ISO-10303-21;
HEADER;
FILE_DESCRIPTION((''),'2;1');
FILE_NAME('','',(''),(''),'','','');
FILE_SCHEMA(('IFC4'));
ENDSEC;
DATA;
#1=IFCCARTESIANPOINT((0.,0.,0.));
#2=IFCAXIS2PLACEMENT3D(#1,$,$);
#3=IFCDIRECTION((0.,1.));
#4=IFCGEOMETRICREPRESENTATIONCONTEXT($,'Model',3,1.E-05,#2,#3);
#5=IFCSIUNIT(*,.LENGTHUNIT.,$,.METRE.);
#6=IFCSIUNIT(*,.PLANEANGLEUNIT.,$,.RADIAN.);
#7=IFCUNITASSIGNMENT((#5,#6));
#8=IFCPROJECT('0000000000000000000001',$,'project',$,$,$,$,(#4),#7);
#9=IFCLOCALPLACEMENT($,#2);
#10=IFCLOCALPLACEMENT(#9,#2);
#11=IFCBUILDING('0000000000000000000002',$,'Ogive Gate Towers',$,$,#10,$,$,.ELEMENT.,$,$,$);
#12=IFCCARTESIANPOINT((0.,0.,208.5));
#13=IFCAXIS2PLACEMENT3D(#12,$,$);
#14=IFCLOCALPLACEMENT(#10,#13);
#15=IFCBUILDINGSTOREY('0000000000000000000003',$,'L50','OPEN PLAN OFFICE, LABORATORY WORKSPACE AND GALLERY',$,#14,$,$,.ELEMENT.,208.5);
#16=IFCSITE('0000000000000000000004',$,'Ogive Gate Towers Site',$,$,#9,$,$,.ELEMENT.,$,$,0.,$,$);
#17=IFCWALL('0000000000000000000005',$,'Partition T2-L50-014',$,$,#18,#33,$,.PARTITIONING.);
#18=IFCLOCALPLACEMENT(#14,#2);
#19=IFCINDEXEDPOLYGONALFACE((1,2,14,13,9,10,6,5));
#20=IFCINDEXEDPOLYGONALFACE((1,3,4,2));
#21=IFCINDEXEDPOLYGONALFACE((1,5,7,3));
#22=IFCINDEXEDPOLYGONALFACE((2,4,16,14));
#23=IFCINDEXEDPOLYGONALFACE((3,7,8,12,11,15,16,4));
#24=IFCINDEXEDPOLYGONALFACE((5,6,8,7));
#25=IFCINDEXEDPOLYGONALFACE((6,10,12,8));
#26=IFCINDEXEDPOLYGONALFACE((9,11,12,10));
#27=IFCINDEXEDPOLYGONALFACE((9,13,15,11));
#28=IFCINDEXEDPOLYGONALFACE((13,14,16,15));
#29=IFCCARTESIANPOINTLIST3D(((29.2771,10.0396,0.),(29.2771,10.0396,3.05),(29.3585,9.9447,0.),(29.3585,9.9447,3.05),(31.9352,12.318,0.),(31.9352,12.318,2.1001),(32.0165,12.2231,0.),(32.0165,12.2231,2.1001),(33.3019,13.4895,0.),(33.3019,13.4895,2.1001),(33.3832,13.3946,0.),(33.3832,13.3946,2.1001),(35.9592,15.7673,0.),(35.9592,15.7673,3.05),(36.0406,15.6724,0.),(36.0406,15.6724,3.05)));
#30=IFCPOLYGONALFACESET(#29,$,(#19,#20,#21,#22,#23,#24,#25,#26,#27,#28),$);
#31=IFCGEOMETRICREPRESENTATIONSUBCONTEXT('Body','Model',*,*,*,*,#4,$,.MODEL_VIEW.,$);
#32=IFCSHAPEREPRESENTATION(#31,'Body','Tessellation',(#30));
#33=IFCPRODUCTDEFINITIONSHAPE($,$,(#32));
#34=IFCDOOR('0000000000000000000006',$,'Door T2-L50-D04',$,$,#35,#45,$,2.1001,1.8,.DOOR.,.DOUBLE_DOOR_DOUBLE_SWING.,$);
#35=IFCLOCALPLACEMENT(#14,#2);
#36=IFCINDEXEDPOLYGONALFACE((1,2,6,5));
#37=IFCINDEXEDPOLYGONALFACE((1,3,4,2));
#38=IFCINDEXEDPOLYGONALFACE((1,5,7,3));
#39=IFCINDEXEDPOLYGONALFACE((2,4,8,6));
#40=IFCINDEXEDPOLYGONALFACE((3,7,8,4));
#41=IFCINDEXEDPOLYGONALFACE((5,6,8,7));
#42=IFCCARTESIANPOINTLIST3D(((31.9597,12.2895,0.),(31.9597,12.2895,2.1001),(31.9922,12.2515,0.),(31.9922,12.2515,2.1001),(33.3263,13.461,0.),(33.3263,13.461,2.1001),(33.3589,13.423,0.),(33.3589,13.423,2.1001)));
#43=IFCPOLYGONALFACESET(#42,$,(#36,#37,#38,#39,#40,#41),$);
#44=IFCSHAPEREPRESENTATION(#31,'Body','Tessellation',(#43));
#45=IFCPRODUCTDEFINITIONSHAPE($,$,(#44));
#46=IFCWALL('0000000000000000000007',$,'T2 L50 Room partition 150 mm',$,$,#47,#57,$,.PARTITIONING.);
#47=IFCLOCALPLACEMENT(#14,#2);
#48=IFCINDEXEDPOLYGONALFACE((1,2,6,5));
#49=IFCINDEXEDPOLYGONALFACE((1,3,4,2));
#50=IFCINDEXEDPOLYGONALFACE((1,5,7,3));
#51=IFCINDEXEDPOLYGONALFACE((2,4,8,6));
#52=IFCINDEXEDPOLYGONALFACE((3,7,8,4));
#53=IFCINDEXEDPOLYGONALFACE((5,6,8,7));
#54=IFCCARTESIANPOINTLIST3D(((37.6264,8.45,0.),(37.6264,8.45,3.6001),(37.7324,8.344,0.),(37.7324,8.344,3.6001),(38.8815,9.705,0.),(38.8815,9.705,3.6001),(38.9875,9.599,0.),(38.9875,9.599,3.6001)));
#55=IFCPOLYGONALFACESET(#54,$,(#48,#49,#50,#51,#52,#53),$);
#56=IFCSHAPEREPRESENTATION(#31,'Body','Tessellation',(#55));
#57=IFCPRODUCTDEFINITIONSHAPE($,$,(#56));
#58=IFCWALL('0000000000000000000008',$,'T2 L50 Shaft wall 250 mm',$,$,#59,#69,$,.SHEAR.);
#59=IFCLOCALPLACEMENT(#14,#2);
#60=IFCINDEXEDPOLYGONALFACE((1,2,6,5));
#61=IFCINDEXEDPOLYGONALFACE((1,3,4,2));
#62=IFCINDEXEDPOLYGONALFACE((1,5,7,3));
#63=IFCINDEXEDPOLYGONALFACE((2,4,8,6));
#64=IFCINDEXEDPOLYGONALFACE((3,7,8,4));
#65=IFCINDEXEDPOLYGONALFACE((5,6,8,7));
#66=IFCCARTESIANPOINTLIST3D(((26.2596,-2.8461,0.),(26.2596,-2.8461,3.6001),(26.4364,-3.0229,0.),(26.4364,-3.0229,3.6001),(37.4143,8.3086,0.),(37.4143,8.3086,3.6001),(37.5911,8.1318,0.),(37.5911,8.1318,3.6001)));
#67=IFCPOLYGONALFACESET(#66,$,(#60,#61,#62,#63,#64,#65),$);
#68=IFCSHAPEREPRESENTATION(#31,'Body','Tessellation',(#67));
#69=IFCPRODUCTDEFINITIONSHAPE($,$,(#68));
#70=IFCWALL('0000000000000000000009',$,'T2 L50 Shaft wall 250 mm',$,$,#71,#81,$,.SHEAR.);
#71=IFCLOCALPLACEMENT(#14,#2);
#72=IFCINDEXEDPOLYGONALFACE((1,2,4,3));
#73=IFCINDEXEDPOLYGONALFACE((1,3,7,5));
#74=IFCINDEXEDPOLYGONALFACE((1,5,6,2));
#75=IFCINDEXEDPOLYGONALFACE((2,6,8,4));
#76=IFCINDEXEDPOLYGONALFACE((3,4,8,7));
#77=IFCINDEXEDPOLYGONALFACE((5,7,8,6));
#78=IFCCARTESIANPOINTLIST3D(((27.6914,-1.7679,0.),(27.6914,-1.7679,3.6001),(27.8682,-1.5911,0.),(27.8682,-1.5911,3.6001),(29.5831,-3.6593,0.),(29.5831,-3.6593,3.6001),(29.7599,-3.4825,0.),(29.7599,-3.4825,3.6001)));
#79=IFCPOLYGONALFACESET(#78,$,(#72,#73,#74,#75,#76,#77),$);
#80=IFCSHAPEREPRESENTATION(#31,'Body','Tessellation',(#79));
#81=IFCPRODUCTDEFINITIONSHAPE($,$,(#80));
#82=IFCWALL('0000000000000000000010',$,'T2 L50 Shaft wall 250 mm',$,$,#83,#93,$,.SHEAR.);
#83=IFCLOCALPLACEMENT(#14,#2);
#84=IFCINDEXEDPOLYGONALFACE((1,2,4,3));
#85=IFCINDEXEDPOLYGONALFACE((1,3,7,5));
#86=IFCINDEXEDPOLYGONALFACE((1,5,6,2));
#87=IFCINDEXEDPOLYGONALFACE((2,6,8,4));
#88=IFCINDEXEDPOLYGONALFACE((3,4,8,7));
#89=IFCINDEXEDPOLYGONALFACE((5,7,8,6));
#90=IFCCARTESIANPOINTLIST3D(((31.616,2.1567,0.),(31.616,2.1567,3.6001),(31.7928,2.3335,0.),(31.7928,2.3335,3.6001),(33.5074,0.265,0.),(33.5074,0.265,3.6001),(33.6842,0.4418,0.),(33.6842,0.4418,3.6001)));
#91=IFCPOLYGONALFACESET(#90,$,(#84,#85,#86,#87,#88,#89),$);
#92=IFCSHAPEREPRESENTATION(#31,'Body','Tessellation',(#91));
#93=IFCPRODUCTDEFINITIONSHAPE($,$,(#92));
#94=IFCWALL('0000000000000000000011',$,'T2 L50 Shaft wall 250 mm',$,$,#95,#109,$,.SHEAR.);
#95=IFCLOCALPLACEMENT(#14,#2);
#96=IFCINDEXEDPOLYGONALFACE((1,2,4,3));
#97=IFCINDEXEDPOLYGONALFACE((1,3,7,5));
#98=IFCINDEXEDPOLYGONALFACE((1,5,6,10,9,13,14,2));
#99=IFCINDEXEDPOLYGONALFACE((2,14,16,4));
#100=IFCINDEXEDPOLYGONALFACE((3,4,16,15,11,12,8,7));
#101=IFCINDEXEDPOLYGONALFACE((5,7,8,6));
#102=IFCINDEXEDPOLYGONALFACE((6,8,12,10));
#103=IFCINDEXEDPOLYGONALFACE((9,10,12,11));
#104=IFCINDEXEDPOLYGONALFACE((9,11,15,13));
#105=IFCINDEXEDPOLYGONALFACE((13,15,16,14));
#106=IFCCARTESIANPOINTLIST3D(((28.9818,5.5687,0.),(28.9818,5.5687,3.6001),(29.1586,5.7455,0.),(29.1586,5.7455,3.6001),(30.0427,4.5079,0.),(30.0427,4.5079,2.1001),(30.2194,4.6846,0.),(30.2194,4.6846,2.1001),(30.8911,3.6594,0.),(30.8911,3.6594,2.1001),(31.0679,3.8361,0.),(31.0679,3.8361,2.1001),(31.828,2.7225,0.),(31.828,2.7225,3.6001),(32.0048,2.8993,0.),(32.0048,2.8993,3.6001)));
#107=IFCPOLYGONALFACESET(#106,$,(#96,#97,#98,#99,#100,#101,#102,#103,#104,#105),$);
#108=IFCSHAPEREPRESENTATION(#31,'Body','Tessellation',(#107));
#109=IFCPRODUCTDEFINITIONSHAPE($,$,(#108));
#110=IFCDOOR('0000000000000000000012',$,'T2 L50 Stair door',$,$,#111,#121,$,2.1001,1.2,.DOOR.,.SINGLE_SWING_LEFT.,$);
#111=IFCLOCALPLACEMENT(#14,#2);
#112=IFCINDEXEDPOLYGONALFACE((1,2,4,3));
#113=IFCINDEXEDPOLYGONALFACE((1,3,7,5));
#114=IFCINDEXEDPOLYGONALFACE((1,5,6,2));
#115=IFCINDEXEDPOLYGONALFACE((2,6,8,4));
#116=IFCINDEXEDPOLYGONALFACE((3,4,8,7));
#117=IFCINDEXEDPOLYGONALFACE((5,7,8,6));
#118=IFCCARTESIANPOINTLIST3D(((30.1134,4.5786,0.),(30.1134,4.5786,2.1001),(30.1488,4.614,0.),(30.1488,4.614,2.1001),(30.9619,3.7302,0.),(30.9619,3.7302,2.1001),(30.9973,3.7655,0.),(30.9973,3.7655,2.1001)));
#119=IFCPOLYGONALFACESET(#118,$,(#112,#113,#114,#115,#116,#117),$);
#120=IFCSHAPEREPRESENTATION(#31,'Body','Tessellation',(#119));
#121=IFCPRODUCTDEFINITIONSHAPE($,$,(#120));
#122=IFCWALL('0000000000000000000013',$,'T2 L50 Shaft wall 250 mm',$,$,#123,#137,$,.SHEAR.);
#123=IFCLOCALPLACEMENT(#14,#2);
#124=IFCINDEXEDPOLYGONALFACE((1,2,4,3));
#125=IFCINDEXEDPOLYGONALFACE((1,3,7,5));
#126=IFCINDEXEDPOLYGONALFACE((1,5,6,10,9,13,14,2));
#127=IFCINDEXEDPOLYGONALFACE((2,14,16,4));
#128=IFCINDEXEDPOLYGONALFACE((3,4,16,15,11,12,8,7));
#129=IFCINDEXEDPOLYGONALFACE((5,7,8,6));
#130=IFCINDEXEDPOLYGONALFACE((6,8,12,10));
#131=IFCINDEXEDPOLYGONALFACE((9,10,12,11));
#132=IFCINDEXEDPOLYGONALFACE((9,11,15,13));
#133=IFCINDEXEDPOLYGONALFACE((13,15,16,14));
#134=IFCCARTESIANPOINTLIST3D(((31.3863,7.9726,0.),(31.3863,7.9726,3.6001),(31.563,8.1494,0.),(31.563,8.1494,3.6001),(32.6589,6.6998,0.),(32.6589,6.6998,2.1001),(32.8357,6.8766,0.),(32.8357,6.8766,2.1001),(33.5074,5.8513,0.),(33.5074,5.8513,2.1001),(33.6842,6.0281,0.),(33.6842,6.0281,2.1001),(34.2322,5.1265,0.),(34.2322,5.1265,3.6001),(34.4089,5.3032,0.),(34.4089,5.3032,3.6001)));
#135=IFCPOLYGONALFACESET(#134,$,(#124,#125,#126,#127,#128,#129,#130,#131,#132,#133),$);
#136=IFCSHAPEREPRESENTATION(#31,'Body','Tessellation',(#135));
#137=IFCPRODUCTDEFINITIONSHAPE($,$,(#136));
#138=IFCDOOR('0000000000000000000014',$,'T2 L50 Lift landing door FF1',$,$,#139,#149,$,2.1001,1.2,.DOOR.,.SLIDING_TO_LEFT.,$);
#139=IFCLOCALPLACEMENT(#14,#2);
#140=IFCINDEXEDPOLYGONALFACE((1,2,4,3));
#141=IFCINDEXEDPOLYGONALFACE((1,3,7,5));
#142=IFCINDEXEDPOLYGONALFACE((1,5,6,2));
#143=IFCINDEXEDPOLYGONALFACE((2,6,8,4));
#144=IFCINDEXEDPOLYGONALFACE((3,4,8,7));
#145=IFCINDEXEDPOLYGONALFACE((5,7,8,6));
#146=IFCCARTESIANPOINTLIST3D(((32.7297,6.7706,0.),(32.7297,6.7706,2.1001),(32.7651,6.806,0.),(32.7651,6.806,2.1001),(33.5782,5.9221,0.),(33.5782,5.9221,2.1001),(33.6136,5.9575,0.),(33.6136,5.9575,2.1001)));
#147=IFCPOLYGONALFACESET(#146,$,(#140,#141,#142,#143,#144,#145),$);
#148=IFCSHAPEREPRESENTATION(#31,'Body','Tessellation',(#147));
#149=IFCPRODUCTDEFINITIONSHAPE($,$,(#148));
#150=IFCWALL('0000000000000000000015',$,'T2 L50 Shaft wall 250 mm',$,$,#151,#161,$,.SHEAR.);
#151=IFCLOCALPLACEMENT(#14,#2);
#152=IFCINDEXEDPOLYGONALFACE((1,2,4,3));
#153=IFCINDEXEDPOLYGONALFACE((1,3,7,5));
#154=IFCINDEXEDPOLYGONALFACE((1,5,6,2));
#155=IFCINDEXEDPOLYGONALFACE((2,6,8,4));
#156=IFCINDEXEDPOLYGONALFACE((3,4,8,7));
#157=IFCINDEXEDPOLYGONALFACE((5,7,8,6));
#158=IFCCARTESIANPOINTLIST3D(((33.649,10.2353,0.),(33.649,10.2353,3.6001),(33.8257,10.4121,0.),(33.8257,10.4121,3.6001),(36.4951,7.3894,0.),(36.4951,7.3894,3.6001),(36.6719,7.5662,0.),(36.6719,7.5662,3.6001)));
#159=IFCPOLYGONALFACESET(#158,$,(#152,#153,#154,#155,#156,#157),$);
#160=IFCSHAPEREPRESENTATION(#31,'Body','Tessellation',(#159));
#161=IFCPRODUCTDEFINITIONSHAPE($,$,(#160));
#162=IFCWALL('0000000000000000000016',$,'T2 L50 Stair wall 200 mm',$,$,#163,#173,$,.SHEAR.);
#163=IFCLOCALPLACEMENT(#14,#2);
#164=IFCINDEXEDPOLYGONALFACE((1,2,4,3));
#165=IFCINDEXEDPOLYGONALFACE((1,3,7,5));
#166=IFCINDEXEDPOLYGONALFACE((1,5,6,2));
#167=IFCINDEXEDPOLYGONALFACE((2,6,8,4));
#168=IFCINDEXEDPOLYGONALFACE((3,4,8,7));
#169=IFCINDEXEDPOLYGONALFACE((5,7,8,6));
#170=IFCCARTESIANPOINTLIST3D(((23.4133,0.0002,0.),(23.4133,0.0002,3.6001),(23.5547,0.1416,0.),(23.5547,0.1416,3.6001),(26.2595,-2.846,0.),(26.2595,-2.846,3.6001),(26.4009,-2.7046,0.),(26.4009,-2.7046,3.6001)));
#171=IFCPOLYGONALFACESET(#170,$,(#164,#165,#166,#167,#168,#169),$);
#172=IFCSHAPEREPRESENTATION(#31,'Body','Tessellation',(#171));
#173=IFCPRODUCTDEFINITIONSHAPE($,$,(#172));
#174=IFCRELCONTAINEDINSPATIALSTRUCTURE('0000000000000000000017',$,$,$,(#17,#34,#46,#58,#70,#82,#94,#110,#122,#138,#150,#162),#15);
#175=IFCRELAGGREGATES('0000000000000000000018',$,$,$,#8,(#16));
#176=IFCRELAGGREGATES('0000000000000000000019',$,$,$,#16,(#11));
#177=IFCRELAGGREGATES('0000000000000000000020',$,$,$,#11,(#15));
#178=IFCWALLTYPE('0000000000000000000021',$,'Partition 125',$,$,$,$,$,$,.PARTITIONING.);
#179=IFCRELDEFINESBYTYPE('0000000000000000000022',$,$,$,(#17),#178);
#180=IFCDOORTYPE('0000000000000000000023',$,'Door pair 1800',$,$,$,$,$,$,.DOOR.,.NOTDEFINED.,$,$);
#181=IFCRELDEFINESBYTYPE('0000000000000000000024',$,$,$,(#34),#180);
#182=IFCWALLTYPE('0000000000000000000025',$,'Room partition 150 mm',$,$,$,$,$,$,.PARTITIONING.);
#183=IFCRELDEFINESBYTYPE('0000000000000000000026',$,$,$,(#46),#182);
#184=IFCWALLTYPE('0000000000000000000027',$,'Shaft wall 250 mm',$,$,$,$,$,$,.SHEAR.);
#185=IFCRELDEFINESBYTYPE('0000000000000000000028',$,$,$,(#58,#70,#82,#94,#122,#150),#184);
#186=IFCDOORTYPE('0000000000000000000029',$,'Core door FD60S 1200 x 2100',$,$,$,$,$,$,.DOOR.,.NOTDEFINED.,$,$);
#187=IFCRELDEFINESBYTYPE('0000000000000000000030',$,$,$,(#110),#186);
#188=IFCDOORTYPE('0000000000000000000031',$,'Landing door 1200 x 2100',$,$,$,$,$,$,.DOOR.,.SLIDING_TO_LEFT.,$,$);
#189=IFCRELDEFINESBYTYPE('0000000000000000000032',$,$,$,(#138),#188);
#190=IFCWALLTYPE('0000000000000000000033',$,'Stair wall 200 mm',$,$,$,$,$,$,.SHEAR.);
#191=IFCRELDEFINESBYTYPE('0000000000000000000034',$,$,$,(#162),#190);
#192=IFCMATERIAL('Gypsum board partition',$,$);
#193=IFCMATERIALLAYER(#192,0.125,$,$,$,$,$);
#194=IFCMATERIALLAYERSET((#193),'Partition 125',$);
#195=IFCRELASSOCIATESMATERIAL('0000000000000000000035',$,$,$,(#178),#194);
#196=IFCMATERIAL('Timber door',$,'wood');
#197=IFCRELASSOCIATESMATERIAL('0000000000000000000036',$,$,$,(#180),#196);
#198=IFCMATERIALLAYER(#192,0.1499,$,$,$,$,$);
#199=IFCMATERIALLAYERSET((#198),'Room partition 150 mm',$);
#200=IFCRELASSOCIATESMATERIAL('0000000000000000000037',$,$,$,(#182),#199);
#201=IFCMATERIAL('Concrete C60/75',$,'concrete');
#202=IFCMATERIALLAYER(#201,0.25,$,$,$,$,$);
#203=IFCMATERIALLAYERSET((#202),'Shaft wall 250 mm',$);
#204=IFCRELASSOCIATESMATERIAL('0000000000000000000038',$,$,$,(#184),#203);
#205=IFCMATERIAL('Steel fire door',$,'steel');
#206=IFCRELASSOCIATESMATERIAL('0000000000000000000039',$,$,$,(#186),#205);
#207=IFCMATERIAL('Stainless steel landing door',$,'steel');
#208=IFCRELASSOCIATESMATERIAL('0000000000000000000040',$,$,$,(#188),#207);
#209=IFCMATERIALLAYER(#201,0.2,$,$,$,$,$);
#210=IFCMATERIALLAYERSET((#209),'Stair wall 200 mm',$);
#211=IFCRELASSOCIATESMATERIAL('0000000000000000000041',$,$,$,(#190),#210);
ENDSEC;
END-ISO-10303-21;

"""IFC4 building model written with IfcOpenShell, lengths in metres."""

from ifc_helpers import new_model, si_unit, direction, frame, frame_2d, origin, place, context, subcontext, project, spatial, rectangle, extrude, material, layer, layer_set, type_object, element, fill, save


model = new_model("IFC4")

# Units and contexts
model_context = context("Model", 3, precision=1e-05, world=origin(), true_north=direction((0.0, 1.0)))
body_context = subcontext(model_context, "Body", "Model", "MODEL_VIEW")
ifc_project = project(units=[si_unit("LENGTHUNIT", "METRE"), si_unit("PLANEANGLEUNIT", "RADIAN")], contexts=[model_context])

# Site, building, storey
site_placement = place(None, origin())
site = spatial("IfcSite", under=ifc_project, at=site_placement, Name="Ogive Gate Towers Site", CompositionType="ELEMENT", RefElevation=0.0)
building_placement = place(site_placement, origin())
building = spatial("IfcBuilding", under=site, at=building_placement, Name="Ogive Gate Towers", CompositionType="ELEMENT")
storey_placement = place(building_placement, frame((0.0, 0.0, 208.5)))
storey = spatial("IfcBuildingStorey", under=building, at=storey_placement, Name="L50", Description="OPEN PLAN OFFICE, LABORATORY WORKSPACE AND GALLERY", CompositionType="ELEMENT", Elevation=208.5)

# Wall, opening, door
ifc_material_1 = material(Name="Gypsum board partition")
ifc_layer_1 = layer(ifc_material_1, 0.125)
ifc_layer_set_1 = layer_set([ifc_layer_1], Name="Partition 125")
wall_type_1 = type_object("IfcWallType", Name="Partition 125", PredefinedType="PARTITIONING", material=ifc_layer_set_1)
wall_1_placement = place(storey_placement, frame((29.3179, 9.9922, 0.0), z_axis=(0.0, 0.0, 1.0), x_axis=(0.759243, 0.650807, 0.0)))
wall_1 = element("IfcWall", 1, at=wall_1_placement, inside=storey, type_object=wall_type_1, Name="Partition T2-L50-014", PredefinedType="PARTITIONING", context=body_context, shape_type="SweptSolid", body=[
    extrude(rectangle(XDim=8.801, YDim=0.125, at=frame_2d((4.4004, 0.0))), origin(), (0.0, 0.0, 1.0), 3.05),
])
opening_1_placement = place(wall_1_placement, frame((3.501, 0.0, 0.0)))
opening_1 = element("IfcOpeningElement", 2, at=opening_1_placement, cuts=wall_1, PredefinedType="OPENING", context=body_context, shape_type="SweptSolid", body=[
    extrude(rectangle(XDim=1.8, YDim=2.1001, at=frame_2d((0.8999, 1.05))), frame((0.0, 0.0725, 0.0), z_axis=(0.0, -1.0, 0.0), x_axis=(1.0, 0.0, 0.0)), (0.0, 0.0, 1.0), 0.145),
])
ifc_material_2 = material(Name="Timber door", Category="wood")
door_type_1 = type_object("IfcDoorType", Name="Door pair 1800", OperationType="NOTDEFINED", PredefinedType="DOOR", material=ifc_material_2)
door_1_placement = place(opening_1_placement, origin())
door_1 = element("IfcDoor", 3, at=door_1_placement, inside=storey, type_object=door_type_1, Name="Door T2-L50-D04", OperationType="DOUBLE_DOOR_DOUBLE_SWING", OverallHeight=2.1001, OverallWidth=1.8, PredefinedType="DOOR", context=body_context, shape_type="SweptSolid", body=[
    extrude(rectangle(XDim=1.8, YDim=2.1001, at=frame_2d((0.8999, 1.05))), frame((0.0, 0.0249, 0.0), z_axis=(0.0, -1.0, 0.0), x_axis=(1.0, 0.0, 0.0)), (0.0, 0.0, 1.0), 0.05),
])
fill(opening_1, door_1)

# Walls
ifc_layer_2 = layer(ifc_material_1, 0.1499)
ifc_layer_set_2 = layer_set([ifc_layer_2], Name="Room partition 150 mm")
wall_type_2 = type_object("IfcWallType", Name="Room partition 150 mm", PredefinedType="PARTITIONING", material=ifc_layer_set_2)
wall_2_placement = place(storey_placement, frame((37.6794, 8.397, 0.0), z_axis=(0.0, 0.0, 1.0), x_axis=(0.707107, 0.707107, 0.0)))
element("IfcWall", 4, at=wall_2_placement, inside=storey, type_object=wall_type_2, Name="T2 L50 Room partition 150 mm", PredefinedType="PARTITIONING", context=body_context, shape_type="SweptSolid", body=[
    extrude(rectangle(XDim=1.7749, YDim=0.1499, at=frame_2d((0.8875, 0.0))), origin(), (0.0, 0.0, 1.0), 3.6001),
])
ifc_material_3 = material(Name="Concrete C60/75", Category="concrete")
ifc_layer_3 = layer(ifc_material_3, 0.25)
ifc_layer_set_3 = layer_set([ifc_layer_3], Name="Shaft wall 250 mm")
wall_type_3 = type_object("IfcWallType", Name="Shaft wall 250 mm", PredefinedType="SHEAR", material=ifc_layer_set_3)
wall_3_placement = place(storey_placement, frame((26.3479, -2.9346, 0.0), z_axis=(0.0, 0.0, 1.0), x_axis=(0.707107, 0.707107, 0.0)))
element("IfcWall", 5, at=wall_3_placement, inside=storey, type_object=wall_type_3, Name="T2 L50 Shaft wall 250 mm", PredefinedType="SHEAR", context=body_context, shape_type="SweptSolid", body=[
    extrude(rectangle(XDim=15.7751, YDim=0.25, at=frame_2d((7.8877, 0.0))), origin(), (0.0, 0.0, 1.0), 3.6001),
])
for number, where, z_axis, x_axis, name in (
    (6, (29.6714, -3.5708, 0.0), (0.0, 0.0, 1.0), (-0.707152, 0.707061, 0.0), "T2 L50 Shaft wall 250 mm"),
    (7, (33.5957, 0.3535, 0.0), (0.0, 0.0, 1.0), (-0.707061, 0.707152, 0.0), "T2 L50 Shaft wall 250 mm"),
):
    element("IfcWall", number, at=place(storey_placement, frame(where, z_axis=z_axis, x_axis=x_axis)), inside=storey, type_object=wall_type_3, Name=name, PredefinedType="SHEAR", context=body_context, shape_type="SweptSolid", body=[
        extrude(rectangle(XDim=2.675, YDim=0.25, at=frame_2d((1.3374, 0.0))), origin(), (0.0, 0.0, 1.0), 3.6001),
    ])

# Walls, openings, doors
wall_4_placement = place(storey_placement, frame((31.9165, 2.8108, 0.0), z_axis=(0.0, 0.0, 1.0), x_axis=(-0.707107, 0.707107, 0.0)))
wall_4 = element("IfcWall", 8, at=wall_4_placement, inside=storey, type_object=wall_type_3, Name="T2 L50 Shaft wall 250 mm", PredefinedType="SHEAR", context=body_context, shape_type="SweptSolid", body=[
    extrude(rectangle(XDim=4.0251, YDim=0.25, at=frame_2d((2.0127, 0.0))), origin(), (0.0, 0.0, 1.0), 3.6001),
])
opening_2_placement = place(wall_4_placement, frame((1.325, 0.0, 0.0)))
opening_2 = element("IfcOpeningElement", 9, at=opening_2_placement, cuts=wall_4, PredefinedType="OPENING", context=body_context, shape_type="SweptSolid", body=[
    extrude(rectangle(XDim=1.2, YDim=2.1001, at=frame_2d((0.6001, 1.05))), frame((0.0, 0.135, 0.0), z_axis=(0.0, -1.0, 0.0), x_axis=(1.0, 0.0, 0.0)), (0.0, 0.0, 1.0), 0.27),
])
ifc_material_4 = material(Name="Steel fire door", Category="steel")
door_type_2 = type_object("IfcDoorType", Name="Core door FD60S 1200 x 2100", OperationType="NOTDEFINED", PredefinedType="DOOR", material=ifc_material_4)
door_2_placement = place(opening_2_placement, origin())
door_2 = element("IfcDoor", 10, at=door_2_placement, inside=storey, type_object=door_type_2, Name="T2 L50 Stair door", OperationType="SINGLE_SWING_LEFT", OverallHeight=2.1001, OverallWidth=1.2, PredefinedType="DOOR", context=body_context, shape_type="SweptSolid", body=[
    extrude(rectangle(XDim=1.2, YDim=2.1001, at=frame_2d((0.6001, 1.05))), frame((0.0, 0.0249, 0.0), z_axis=(0.0, -1.0, 0.0), x_axis=(1.0, 0.0, 0.0)), (0.0, 0.0, 1.0), 0.05),
])
fill(opening_2, door_2)
wall_5_placement = place(storey_placement, frame((34.3206, 5.2148, 0.0), z_axis=(0.0, 0.0, 1.0), x_axis=(-0.707076, 0.707137, 0.0)))
wall_5 = element("IfcWall", 11, at=wall_5_placement, inside=storey, type_object=wall_type_3, Name="T2 L50 Shaft wall 250 mm", PredefinedType="SHEAR", context=body_context, shape_type="SweptSolid", body=[
    extrude(rectangle(XDim=4.0249, YDim=0.25, at=frame_2d((2.0125, 0.0))), origin(), (0.0, 0.0, 1.0), 3.6001),
])
opening_3_placement = place(wall_5_placement, frame((1.0249, 0.0, 0.0)))
opening_3 = element("IfcOpeningElement", 12, at=opening_3_placement, cuts=wall_5, PredefinedType="OPENING", context=body_context, shape_type="SweptSolid", body=[
    extrude(rectangle(XDim=1.2, YDim=2.1001, at=frame_2d((0.6001, 1.05))), frame((0.0, 0.135, 0.0), z_axis=(0.0, -1.0, 0.0), x_axis=(1.0, 0.0, 0.0)), (0.0, 0.0, 1.0), 0.27),
])
ifc_material_5 = material(Name="Stainless steel landing door", Category="steel")
door_type_3 = type_object("IfcDoorType", Name="Landing door 1200 x 2100", OperationType="SLIDING_TO_LEFT", PredefinedType="DOOR", material=ifc_material_5)
door_3_placement = place(opening_3_placement, origin())
door_3 = element("IfcDoor", 13, at=door_3_placement, inside=storey, type_object=door_type_3, Name="T2 L50 Lift landing door FF1", OperationType="SLIDING_TO_LEFT", OverallHeight=2.1001, OverallWidth=1.2, PredefinedType="DOOR", context=body_context, shape_type="SweptSolid", body=[
    extrude(rectangle(XDim=1.2, YDim=2.1001, at=frame_2d((0.6001, 1.05))), frame((0.0, 0.0249, 0.0), z_axis=(0.0, -1.0, 0.0), x_axis=(1.0, 0.0, 0.0)), (0.0, 0.0, 1.0), 0.05),
])
fill(opening_3, door_3)

# Walls
wall_6_placement = place(storey_placement, frame((36.5835, 7.4778, 0.0), z_axis=(0.0, 0.0, 1.0), x_axis=(-0.707137, 0.707076, 0.0)))
element("IfcWall", 14, at=wall_6_placement, inside=storey, type_object=wall_type_3, Name="T2 L50 Shaft wall 250 mm", PredefinedType="SHEAR", context=body_context, shape_type="SweptSolid", body=[
    extrude(rectangle(XDim=4.0249, YDim=0.25, at=frame_2d((2.0125, 0.0))), origin(), (0.0, 0.0, 1.0), 3.6001),
])
ifc_layer_4 = layer(ifc_material_3, 0.2)
ifc_layer_set_4 = layer_set([ifc_layer_4], Name="Stair wall 200 mm")
wall_type_4 = type_object("IfcWallType", Name="Stair wall 200 mm", PredefinedType="SHEAR", material=ifc_layer_set_4)
wall_7_placement = place(storey_placement, frame((26.3303, -2.7754, 0.0), z_axis=(0.0, 0.0, 1.0), x_axis=(-0.707107, 0.707107, 0.0)))
element("IfcWall", 15, at=wall_7_placement, inside=storey, type_object=wall_type_4, Name="T2 L50 Stair wall 200 mm", PredefinedType="SHEAR", context=body_context, shape_type="SweptSolid", body=[
    extrude(rectangle(XDim=4.0251, YDim=0.2, at=frame_2d((2.0127, 0.0))), origin(), (0.0, 0.0, 1.0), 3.6001),
])

save(model, "model.ifc")
